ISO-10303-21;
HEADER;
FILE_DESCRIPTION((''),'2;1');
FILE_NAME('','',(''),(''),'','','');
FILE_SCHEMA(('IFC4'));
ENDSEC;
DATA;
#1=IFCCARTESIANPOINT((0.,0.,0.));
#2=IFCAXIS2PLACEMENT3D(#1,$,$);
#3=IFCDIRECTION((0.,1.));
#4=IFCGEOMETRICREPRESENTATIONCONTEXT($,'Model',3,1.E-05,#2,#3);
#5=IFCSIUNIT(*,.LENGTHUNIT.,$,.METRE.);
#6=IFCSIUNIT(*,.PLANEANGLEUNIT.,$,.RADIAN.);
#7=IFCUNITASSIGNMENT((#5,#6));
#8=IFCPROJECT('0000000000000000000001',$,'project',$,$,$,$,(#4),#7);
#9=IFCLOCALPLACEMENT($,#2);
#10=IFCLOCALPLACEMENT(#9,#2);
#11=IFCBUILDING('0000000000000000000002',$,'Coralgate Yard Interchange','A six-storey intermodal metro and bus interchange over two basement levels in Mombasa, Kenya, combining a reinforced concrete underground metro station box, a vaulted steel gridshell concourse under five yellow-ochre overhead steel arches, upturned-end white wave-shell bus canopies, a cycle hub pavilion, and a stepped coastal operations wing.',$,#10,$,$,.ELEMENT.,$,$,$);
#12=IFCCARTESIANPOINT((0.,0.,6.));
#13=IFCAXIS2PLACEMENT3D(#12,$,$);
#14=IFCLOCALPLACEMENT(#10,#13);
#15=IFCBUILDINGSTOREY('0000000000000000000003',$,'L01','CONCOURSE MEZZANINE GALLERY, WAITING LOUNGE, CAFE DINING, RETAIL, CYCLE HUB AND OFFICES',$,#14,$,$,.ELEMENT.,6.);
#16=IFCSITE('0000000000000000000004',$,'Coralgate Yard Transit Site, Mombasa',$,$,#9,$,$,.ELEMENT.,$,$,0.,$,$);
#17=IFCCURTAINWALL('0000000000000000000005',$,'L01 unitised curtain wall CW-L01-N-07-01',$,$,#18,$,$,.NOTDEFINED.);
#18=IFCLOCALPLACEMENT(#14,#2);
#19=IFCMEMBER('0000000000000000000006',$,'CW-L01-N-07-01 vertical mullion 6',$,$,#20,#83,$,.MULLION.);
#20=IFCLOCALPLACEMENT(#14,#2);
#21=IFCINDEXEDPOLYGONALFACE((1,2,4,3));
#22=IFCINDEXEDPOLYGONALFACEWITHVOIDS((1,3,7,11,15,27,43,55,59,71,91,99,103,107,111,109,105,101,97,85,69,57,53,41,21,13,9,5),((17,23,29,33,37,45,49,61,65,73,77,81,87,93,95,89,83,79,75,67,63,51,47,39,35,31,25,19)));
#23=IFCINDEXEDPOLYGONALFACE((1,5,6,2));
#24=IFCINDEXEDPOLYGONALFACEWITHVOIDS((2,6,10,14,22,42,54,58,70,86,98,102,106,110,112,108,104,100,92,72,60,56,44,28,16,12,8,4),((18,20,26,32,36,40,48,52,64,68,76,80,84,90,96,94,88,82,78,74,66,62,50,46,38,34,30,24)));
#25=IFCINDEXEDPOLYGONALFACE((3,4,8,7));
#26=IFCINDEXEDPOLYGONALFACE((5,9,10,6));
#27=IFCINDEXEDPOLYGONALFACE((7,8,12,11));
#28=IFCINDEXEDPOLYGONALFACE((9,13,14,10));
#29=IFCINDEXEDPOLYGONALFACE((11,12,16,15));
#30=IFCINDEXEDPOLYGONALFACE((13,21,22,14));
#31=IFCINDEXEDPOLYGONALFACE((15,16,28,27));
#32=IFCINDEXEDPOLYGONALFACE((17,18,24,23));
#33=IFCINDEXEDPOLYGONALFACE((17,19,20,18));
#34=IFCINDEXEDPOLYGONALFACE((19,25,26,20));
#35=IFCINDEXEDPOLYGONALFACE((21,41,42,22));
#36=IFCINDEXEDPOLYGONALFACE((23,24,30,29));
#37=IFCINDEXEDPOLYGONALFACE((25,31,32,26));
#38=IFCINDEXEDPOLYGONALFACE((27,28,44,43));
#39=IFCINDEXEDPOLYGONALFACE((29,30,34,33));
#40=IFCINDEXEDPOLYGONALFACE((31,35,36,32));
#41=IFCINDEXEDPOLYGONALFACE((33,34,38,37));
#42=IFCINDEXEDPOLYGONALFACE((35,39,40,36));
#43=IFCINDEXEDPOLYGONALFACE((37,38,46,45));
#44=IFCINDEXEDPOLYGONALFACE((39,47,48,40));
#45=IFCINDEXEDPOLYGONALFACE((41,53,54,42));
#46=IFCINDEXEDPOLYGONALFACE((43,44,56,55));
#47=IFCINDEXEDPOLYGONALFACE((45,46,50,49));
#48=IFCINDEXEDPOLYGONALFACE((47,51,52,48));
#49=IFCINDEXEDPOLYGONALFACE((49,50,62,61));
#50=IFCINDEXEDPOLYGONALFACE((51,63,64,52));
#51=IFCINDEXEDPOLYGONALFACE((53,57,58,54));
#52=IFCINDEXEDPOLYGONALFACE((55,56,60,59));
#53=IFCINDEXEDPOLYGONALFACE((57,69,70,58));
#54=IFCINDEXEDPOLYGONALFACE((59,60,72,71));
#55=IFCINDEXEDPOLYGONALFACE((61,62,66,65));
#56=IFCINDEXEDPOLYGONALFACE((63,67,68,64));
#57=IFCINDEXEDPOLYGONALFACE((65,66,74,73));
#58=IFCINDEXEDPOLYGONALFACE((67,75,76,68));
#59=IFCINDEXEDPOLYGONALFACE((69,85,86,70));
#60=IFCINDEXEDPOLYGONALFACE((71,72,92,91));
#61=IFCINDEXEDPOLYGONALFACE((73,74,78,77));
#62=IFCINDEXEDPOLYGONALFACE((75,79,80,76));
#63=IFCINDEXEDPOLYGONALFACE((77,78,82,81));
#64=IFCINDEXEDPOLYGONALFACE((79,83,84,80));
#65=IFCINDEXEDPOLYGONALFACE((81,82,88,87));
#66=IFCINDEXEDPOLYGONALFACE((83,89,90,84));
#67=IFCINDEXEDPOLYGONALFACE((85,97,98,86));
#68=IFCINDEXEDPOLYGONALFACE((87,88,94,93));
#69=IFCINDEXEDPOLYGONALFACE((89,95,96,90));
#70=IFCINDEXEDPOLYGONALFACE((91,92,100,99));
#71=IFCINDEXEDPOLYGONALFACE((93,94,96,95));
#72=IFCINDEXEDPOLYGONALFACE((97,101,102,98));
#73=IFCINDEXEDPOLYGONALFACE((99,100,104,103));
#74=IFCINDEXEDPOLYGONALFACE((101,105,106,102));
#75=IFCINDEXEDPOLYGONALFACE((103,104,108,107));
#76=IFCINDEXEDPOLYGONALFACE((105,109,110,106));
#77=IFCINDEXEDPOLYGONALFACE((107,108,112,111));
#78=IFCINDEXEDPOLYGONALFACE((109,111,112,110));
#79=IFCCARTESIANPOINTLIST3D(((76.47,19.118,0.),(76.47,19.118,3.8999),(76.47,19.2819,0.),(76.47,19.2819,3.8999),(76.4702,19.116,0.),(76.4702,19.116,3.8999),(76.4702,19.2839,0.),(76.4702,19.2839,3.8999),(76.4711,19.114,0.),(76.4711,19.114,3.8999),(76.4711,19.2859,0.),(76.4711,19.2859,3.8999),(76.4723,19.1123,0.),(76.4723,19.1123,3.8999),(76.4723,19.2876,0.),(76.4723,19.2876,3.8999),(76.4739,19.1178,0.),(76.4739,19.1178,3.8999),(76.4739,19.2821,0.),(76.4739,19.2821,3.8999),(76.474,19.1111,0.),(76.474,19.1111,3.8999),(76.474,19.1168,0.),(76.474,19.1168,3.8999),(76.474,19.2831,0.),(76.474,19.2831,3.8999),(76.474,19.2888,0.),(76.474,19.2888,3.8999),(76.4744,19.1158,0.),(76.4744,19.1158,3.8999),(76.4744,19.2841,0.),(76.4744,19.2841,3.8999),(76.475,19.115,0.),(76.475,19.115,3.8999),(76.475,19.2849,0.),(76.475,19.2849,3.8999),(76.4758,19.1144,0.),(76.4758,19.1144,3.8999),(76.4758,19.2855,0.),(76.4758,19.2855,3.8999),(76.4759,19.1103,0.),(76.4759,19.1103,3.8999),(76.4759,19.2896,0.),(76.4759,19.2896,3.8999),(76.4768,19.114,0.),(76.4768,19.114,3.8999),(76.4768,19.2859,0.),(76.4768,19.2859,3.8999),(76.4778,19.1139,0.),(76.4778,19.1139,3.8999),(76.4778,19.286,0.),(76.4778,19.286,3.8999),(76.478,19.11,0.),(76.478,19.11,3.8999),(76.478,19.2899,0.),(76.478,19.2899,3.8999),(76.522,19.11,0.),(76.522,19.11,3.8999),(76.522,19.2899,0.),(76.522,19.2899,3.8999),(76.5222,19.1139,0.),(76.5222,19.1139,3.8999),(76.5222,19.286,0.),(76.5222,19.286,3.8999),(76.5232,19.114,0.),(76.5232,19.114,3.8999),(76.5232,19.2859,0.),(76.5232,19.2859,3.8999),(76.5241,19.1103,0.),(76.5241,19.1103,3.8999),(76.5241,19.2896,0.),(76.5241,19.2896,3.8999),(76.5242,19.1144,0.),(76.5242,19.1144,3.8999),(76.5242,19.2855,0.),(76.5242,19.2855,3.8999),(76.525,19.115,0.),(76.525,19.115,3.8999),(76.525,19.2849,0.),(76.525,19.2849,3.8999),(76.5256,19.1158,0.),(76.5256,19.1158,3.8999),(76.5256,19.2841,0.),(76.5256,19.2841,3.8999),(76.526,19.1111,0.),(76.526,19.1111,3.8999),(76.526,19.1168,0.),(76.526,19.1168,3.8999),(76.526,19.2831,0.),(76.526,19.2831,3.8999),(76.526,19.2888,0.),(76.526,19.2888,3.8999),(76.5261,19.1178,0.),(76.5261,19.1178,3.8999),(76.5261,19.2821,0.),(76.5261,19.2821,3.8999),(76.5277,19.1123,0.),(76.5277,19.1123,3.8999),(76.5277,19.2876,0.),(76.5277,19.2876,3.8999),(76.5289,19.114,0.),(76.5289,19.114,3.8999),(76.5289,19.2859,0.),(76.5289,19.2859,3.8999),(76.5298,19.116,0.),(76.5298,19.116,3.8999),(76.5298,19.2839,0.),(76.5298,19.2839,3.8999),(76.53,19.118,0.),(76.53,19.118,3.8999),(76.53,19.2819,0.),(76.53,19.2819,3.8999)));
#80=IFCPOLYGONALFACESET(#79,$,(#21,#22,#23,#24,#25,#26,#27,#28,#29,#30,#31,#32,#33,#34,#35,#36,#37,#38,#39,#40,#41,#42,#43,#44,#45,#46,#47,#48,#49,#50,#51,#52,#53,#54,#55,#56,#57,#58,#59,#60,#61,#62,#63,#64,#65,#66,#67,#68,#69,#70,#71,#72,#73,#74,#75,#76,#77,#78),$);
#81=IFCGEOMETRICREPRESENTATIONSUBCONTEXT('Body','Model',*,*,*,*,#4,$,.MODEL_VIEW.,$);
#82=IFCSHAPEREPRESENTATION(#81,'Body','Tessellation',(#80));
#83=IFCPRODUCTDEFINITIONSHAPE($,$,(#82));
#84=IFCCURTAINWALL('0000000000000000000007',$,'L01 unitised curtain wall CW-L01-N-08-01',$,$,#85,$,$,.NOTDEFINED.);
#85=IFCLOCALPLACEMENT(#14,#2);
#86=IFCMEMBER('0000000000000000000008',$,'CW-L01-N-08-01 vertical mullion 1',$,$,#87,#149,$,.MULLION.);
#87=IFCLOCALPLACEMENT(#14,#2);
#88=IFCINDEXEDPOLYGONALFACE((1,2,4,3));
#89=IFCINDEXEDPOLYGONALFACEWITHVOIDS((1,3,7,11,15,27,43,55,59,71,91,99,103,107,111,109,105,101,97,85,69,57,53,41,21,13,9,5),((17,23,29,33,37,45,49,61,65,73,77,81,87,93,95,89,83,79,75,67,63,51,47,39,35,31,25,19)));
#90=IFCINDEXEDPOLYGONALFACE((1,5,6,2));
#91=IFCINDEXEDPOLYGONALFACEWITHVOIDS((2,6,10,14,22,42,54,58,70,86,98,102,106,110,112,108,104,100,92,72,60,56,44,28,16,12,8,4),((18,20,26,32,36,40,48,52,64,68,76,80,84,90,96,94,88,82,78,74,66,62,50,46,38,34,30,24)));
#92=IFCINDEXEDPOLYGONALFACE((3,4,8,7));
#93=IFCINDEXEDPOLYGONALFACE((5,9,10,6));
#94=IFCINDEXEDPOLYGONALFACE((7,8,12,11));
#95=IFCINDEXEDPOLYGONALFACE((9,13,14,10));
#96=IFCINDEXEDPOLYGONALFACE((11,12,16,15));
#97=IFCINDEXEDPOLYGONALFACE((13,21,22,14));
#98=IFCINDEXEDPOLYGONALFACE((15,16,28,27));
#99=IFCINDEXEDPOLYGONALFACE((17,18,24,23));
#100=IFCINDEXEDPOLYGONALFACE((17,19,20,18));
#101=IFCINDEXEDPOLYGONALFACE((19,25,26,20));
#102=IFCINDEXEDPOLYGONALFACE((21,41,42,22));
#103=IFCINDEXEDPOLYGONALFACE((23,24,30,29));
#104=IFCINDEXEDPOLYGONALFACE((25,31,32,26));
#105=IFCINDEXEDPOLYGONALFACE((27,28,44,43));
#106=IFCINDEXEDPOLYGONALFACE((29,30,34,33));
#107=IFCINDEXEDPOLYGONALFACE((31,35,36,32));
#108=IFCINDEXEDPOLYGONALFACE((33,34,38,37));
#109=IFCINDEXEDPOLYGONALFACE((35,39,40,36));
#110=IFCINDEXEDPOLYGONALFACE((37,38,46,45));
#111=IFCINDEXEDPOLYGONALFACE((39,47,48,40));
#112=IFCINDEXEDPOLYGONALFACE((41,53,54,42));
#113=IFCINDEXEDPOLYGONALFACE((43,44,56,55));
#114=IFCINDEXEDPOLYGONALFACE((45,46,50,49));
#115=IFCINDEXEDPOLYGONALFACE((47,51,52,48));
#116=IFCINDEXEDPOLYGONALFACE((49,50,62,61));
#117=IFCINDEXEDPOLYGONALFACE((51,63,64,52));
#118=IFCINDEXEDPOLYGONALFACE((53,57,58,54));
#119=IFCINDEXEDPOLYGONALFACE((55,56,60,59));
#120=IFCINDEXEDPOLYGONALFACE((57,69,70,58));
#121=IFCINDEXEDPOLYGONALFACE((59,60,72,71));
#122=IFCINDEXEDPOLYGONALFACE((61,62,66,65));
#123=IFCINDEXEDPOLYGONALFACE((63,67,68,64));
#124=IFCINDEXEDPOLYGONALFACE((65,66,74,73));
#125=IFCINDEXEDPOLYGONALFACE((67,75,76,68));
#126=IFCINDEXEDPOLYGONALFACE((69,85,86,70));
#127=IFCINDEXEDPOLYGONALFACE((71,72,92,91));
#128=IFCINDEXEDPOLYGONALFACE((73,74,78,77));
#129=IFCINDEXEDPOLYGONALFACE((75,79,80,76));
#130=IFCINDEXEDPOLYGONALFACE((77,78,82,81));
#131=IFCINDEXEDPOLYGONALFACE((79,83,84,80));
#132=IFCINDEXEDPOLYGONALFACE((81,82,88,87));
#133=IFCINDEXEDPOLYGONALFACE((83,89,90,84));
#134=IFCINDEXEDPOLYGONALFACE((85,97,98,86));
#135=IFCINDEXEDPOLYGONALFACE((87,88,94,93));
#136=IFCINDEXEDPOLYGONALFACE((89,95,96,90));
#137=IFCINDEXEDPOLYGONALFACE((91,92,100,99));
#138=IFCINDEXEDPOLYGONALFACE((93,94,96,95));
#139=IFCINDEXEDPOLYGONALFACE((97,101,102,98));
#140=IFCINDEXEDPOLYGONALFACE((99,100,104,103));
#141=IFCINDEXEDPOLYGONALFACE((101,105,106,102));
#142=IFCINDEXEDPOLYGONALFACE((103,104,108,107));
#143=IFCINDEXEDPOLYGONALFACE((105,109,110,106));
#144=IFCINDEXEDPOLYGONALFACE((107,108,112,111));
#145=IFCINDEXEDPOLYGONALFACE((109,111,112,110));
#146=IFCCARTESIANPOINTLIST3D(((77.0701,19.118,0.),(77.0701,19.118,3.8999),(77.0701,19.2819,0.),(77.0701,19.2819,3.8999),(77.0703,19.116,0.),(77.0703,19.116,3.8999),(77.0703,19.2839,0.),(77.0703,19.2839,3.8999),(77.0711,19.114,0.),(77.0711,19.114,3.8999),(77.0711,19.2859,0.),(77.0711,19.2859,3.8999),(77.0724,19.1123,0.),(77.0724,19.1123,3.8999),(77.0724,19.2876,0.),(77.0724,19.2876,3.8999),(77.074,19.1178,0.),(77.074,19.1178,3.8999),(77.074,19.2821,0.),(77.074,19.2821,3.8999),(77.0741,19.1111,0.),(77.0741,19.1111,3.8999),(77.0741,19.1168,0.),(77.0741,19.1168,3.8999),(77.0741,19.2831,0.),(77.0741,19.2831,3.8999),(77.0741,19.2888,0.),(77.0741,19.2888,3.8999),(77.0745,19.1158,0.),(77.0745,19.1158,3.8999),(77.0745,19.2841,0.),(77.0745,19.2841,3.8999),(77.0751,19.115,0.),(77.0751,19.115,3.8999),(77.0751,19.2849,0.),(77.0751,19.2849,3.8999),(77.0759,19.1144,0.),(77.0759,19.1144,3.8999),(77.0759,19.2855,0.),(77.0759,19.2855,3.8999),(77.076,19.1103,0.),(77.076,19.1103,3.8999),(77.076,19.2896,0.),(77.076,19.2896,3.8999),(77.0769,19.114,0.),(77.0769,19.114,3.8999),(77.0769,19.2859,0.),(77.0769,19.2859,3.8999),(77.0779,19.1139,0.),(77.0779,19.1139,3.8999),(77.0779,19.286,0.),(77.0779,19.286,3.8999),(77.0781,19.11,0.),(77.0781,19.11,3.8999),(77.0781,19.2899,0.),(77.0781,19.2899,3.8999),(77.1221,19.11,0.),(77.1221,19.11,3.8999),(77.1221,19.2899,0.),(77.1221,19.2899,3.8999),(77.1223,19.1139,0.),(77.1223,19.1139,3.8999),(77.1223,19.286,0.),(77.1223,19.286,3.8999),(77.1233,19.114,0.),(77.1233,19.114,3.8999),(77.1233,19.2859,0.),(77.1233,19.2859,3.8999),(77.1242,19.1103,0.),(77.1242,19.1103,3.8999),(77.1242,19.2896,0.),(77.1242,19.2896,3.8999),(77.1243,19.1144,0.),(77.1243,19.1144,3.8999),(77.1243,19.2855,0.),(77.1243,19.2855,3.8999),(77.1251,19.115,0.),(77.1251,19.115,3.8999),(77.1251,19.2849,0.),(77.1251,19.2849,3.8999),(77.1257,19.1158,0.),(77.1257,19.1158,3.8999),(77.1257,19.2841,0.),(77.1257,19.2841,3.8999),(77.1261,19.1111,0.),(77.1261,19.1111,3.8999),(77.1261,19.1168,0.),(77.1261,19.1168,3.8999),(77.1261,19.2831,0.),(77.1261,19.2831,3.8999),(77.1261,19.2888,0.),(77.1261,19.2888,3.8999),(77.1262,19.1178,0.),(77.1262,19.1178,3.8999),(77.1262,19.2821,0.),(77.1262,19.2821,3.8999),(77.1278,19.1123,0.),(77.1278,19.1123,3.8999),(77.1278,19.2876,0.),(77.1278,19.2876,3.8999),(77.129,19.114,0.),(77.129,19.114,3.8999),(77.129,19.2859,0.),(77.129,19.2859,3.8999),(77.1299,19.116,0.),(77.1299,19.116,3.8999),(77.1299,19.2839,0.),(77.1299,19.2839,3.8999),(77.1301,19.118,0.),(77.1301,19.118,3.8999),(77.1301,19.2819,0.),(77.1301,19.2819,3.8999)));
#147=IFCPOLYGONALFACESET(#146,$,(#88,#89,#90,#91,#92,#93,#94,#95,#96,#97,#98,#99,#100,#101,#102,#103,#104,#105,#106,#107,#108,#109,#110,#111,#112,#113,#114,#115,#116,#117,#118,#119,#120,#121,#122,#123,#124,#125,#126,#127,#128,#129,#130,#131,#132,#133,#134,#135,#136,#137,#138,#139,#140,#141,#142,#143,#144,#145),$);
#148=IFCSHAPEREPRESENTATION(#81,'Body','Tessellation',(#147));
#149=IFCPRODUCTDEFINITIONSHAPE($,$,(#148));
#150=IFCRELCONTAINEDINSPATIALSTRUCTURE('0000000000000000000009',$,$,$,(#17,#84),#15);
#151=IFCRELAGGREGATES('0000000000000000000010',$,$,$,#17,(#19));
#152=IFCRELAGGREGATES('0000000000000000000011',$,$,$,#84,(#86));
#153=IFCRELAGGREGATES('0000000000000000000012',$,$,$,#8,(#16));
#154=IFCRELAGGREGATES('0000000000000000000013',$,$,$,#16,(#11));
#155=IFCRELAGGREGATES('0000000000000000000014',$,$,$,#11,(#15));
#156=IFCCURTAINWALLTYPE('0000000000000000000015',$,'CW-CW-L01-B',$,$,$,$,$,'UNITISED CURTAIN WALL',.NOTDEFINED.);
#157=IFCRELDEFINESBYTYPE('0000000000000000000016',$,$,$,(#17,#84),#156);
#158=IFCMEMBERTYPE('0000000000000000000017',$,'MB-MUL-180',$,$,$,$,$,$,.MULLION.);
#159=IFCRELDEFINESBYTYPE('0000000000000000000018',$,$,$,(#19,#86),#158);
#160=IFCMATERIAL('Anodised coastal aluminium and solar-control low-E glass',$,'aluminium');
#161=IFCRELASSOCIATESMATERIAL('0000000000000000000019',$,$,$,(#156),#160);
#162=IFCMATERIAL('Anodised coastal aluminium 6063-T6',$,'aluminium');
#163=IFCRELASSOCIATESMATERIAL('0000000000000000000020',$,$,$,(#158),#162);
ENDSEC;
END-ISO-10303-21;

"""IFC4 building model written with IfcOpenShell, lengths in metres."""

from ifc_helpers import new_model, si_unit, direction, frame, origin, origin_2d, place, context, subcontext, project, spatial, hollow_rectangle, extrude, material, material_profile, profile_set, type_object, element, aggregate, save


model = new_model("IFC4")

# Units and contexts
model_context = context("Model", 3, precision=1e-05, world=origin(), true_north=direction((0.0, 1.0)))
body_context = subcontext(model_context, "Body", "Model", "MODEL_VIEW")
ifc_project = project(units=[si_unit("LENGTHUNIT", "METRE"), si_unit("PLANEANGLEUNIT", "RADIAN")], contexts=[model_context])

# Site, building, storey
site_placement = place(None, origin())
site = spatial("IfcSite", under=ifc_project, at=site_placement, Name="Coralgate Yard Transit Site, Mombasa", CompositionType="ELEMENT", RefElevation=0.0)
building_placement = place(site_placement, origin())
building = spatial("IfcBuilding", under=site, at=building_placement, Name="Coralgate Yard Interchange", Description="A six-storey intermodal metro and bus interchange over two basement levels in Mombasa, Kenya, combining a reinforced concrete underground metro station box, a vaulted steel gridshell concourse under five yellow-ochre overhead steel arches, upturned-end white wave-shell bus canopies, a cycle hub pavilion, and a stepped coastal operations wing.", CompositionType="ELEMENT")
storey_placement = place(building_placement, frame((0.0, 0.0, 6.0)))
storey = spatial("IfcBuildingStorey", under=building, at=storey_placement, Name="L01", Description="CONCOURSE MEZZANINE GALLERY, WAITING LOUNGE, CAFE DINING, RETAIL, CYCLE HUB AND OFFICES", CompositionType="ELEMENT", Elevation=6.0)

# Curtain walls, members
ifc_material_1 = material(Name="Anodised coastal aluminium and solar-control low-E glass", Category="aluminium")
curtain_wall_type = type_object("IfcCurtainWallType", Name="CW-CW-L01-B", ElementType="UNITISED CURTAIN WALL", PredefinedType="NOTDEFINED", material=ifc_material_1)
curtain_wall_1_placement = place(storey_placement, origin())
curtain_wall_1 = element("IfcCurtainWall", 1, at=curtain_wall_1_placement, inside=storey, type_object=curtain_wall_type, Name="L01 unitised curtain wall CW-L01-N-07-01", PredefinedType="NOTDEFINED")
ifc_material_2 = material(Name="Anodised coastal aluminium 6063-T6", Category="aluminium")
ifc_material_profile_1 = material_profile(ifc_material_2, hollow_rectangle(XDim=0.0601, YDim=0.1799, WallThickness=0.0039, InnerFilletRadius=0.0039, OuterFilletRadius=0.0081, at=origin_2d()), Name="ALU 60x180x4")
ifc_profile_set_1 = profile_set([ifc_material_profile_1], Name="Anodised coastal aluminium 6063-T6")
member_type_1 = type_object("IfcMemberType", Name="MB-MUL-180", PredefinedType="MULLION", material=ifc_profile_set_1)
member_1_placement = place(storey_placement, frame((76.5, 19.2, 0.0), z_axis=(0.0, 0.0, 1.0), x_axis=(1.0, 0.0, 0.0)))
member_1 = element("IfcMember", 2, at=member_1_placement, type_object=member_type_1, Name="CW-L01-N-07-01 vertical mullion 6", PredefinedType="MULLION", context=body_context, shape_type="SweptSolid", body=[
    extrude(hollow_rectangle(XDim=0.0601, YDim=0.1799, WallThickness=0.0039, InnerFilletRadius=0.0039, OuterFilletRadius=0.0081, at=origin_2d()), origin(), (0.0, 0.0, 1.0), 3.8999),
])
curtain_wall_2_placement = place(storey_placement, origin())
curtain_wall_2 = element("IfcCurtainWall", 3, at=curtain_wall_2_placement, inside=storey, type_object=curtain_wall_type, Name="L01 unitised curtain wall CW-L01-N-08-01", PredefinedType="NOTDEFINED")
member_2_placement = place(storey_placement, frame((77.1001, 19.2, 0.0), z_axis=(0.0, 0.0, 1.0), x_axis=(1.0, 0.0, 0.0)))
member_2 = element("IfcMember", 4, at=member_2_placement, type_object=member_type_1, Name="CW-L01-N-08-01 vertical mullion 1", PredefinedType="MULLION", context=body_context, shape_type="SweptSolid", body=[
    extrude(hollow_rectangle(XDim=0.0601, YDim=0.1799, WallThickness=0.0039, InnerFilletRadius=0.0039, OuterFilletRadius=0.0081, at=origin_2d()), origin(), (0.0, 0.0, 1.0), 3.8999),
])

aggregate(curtain_wall_1, [member_1])
aggregate(curtain_wall_2, [member_2])

save(model, "model.ifc")
